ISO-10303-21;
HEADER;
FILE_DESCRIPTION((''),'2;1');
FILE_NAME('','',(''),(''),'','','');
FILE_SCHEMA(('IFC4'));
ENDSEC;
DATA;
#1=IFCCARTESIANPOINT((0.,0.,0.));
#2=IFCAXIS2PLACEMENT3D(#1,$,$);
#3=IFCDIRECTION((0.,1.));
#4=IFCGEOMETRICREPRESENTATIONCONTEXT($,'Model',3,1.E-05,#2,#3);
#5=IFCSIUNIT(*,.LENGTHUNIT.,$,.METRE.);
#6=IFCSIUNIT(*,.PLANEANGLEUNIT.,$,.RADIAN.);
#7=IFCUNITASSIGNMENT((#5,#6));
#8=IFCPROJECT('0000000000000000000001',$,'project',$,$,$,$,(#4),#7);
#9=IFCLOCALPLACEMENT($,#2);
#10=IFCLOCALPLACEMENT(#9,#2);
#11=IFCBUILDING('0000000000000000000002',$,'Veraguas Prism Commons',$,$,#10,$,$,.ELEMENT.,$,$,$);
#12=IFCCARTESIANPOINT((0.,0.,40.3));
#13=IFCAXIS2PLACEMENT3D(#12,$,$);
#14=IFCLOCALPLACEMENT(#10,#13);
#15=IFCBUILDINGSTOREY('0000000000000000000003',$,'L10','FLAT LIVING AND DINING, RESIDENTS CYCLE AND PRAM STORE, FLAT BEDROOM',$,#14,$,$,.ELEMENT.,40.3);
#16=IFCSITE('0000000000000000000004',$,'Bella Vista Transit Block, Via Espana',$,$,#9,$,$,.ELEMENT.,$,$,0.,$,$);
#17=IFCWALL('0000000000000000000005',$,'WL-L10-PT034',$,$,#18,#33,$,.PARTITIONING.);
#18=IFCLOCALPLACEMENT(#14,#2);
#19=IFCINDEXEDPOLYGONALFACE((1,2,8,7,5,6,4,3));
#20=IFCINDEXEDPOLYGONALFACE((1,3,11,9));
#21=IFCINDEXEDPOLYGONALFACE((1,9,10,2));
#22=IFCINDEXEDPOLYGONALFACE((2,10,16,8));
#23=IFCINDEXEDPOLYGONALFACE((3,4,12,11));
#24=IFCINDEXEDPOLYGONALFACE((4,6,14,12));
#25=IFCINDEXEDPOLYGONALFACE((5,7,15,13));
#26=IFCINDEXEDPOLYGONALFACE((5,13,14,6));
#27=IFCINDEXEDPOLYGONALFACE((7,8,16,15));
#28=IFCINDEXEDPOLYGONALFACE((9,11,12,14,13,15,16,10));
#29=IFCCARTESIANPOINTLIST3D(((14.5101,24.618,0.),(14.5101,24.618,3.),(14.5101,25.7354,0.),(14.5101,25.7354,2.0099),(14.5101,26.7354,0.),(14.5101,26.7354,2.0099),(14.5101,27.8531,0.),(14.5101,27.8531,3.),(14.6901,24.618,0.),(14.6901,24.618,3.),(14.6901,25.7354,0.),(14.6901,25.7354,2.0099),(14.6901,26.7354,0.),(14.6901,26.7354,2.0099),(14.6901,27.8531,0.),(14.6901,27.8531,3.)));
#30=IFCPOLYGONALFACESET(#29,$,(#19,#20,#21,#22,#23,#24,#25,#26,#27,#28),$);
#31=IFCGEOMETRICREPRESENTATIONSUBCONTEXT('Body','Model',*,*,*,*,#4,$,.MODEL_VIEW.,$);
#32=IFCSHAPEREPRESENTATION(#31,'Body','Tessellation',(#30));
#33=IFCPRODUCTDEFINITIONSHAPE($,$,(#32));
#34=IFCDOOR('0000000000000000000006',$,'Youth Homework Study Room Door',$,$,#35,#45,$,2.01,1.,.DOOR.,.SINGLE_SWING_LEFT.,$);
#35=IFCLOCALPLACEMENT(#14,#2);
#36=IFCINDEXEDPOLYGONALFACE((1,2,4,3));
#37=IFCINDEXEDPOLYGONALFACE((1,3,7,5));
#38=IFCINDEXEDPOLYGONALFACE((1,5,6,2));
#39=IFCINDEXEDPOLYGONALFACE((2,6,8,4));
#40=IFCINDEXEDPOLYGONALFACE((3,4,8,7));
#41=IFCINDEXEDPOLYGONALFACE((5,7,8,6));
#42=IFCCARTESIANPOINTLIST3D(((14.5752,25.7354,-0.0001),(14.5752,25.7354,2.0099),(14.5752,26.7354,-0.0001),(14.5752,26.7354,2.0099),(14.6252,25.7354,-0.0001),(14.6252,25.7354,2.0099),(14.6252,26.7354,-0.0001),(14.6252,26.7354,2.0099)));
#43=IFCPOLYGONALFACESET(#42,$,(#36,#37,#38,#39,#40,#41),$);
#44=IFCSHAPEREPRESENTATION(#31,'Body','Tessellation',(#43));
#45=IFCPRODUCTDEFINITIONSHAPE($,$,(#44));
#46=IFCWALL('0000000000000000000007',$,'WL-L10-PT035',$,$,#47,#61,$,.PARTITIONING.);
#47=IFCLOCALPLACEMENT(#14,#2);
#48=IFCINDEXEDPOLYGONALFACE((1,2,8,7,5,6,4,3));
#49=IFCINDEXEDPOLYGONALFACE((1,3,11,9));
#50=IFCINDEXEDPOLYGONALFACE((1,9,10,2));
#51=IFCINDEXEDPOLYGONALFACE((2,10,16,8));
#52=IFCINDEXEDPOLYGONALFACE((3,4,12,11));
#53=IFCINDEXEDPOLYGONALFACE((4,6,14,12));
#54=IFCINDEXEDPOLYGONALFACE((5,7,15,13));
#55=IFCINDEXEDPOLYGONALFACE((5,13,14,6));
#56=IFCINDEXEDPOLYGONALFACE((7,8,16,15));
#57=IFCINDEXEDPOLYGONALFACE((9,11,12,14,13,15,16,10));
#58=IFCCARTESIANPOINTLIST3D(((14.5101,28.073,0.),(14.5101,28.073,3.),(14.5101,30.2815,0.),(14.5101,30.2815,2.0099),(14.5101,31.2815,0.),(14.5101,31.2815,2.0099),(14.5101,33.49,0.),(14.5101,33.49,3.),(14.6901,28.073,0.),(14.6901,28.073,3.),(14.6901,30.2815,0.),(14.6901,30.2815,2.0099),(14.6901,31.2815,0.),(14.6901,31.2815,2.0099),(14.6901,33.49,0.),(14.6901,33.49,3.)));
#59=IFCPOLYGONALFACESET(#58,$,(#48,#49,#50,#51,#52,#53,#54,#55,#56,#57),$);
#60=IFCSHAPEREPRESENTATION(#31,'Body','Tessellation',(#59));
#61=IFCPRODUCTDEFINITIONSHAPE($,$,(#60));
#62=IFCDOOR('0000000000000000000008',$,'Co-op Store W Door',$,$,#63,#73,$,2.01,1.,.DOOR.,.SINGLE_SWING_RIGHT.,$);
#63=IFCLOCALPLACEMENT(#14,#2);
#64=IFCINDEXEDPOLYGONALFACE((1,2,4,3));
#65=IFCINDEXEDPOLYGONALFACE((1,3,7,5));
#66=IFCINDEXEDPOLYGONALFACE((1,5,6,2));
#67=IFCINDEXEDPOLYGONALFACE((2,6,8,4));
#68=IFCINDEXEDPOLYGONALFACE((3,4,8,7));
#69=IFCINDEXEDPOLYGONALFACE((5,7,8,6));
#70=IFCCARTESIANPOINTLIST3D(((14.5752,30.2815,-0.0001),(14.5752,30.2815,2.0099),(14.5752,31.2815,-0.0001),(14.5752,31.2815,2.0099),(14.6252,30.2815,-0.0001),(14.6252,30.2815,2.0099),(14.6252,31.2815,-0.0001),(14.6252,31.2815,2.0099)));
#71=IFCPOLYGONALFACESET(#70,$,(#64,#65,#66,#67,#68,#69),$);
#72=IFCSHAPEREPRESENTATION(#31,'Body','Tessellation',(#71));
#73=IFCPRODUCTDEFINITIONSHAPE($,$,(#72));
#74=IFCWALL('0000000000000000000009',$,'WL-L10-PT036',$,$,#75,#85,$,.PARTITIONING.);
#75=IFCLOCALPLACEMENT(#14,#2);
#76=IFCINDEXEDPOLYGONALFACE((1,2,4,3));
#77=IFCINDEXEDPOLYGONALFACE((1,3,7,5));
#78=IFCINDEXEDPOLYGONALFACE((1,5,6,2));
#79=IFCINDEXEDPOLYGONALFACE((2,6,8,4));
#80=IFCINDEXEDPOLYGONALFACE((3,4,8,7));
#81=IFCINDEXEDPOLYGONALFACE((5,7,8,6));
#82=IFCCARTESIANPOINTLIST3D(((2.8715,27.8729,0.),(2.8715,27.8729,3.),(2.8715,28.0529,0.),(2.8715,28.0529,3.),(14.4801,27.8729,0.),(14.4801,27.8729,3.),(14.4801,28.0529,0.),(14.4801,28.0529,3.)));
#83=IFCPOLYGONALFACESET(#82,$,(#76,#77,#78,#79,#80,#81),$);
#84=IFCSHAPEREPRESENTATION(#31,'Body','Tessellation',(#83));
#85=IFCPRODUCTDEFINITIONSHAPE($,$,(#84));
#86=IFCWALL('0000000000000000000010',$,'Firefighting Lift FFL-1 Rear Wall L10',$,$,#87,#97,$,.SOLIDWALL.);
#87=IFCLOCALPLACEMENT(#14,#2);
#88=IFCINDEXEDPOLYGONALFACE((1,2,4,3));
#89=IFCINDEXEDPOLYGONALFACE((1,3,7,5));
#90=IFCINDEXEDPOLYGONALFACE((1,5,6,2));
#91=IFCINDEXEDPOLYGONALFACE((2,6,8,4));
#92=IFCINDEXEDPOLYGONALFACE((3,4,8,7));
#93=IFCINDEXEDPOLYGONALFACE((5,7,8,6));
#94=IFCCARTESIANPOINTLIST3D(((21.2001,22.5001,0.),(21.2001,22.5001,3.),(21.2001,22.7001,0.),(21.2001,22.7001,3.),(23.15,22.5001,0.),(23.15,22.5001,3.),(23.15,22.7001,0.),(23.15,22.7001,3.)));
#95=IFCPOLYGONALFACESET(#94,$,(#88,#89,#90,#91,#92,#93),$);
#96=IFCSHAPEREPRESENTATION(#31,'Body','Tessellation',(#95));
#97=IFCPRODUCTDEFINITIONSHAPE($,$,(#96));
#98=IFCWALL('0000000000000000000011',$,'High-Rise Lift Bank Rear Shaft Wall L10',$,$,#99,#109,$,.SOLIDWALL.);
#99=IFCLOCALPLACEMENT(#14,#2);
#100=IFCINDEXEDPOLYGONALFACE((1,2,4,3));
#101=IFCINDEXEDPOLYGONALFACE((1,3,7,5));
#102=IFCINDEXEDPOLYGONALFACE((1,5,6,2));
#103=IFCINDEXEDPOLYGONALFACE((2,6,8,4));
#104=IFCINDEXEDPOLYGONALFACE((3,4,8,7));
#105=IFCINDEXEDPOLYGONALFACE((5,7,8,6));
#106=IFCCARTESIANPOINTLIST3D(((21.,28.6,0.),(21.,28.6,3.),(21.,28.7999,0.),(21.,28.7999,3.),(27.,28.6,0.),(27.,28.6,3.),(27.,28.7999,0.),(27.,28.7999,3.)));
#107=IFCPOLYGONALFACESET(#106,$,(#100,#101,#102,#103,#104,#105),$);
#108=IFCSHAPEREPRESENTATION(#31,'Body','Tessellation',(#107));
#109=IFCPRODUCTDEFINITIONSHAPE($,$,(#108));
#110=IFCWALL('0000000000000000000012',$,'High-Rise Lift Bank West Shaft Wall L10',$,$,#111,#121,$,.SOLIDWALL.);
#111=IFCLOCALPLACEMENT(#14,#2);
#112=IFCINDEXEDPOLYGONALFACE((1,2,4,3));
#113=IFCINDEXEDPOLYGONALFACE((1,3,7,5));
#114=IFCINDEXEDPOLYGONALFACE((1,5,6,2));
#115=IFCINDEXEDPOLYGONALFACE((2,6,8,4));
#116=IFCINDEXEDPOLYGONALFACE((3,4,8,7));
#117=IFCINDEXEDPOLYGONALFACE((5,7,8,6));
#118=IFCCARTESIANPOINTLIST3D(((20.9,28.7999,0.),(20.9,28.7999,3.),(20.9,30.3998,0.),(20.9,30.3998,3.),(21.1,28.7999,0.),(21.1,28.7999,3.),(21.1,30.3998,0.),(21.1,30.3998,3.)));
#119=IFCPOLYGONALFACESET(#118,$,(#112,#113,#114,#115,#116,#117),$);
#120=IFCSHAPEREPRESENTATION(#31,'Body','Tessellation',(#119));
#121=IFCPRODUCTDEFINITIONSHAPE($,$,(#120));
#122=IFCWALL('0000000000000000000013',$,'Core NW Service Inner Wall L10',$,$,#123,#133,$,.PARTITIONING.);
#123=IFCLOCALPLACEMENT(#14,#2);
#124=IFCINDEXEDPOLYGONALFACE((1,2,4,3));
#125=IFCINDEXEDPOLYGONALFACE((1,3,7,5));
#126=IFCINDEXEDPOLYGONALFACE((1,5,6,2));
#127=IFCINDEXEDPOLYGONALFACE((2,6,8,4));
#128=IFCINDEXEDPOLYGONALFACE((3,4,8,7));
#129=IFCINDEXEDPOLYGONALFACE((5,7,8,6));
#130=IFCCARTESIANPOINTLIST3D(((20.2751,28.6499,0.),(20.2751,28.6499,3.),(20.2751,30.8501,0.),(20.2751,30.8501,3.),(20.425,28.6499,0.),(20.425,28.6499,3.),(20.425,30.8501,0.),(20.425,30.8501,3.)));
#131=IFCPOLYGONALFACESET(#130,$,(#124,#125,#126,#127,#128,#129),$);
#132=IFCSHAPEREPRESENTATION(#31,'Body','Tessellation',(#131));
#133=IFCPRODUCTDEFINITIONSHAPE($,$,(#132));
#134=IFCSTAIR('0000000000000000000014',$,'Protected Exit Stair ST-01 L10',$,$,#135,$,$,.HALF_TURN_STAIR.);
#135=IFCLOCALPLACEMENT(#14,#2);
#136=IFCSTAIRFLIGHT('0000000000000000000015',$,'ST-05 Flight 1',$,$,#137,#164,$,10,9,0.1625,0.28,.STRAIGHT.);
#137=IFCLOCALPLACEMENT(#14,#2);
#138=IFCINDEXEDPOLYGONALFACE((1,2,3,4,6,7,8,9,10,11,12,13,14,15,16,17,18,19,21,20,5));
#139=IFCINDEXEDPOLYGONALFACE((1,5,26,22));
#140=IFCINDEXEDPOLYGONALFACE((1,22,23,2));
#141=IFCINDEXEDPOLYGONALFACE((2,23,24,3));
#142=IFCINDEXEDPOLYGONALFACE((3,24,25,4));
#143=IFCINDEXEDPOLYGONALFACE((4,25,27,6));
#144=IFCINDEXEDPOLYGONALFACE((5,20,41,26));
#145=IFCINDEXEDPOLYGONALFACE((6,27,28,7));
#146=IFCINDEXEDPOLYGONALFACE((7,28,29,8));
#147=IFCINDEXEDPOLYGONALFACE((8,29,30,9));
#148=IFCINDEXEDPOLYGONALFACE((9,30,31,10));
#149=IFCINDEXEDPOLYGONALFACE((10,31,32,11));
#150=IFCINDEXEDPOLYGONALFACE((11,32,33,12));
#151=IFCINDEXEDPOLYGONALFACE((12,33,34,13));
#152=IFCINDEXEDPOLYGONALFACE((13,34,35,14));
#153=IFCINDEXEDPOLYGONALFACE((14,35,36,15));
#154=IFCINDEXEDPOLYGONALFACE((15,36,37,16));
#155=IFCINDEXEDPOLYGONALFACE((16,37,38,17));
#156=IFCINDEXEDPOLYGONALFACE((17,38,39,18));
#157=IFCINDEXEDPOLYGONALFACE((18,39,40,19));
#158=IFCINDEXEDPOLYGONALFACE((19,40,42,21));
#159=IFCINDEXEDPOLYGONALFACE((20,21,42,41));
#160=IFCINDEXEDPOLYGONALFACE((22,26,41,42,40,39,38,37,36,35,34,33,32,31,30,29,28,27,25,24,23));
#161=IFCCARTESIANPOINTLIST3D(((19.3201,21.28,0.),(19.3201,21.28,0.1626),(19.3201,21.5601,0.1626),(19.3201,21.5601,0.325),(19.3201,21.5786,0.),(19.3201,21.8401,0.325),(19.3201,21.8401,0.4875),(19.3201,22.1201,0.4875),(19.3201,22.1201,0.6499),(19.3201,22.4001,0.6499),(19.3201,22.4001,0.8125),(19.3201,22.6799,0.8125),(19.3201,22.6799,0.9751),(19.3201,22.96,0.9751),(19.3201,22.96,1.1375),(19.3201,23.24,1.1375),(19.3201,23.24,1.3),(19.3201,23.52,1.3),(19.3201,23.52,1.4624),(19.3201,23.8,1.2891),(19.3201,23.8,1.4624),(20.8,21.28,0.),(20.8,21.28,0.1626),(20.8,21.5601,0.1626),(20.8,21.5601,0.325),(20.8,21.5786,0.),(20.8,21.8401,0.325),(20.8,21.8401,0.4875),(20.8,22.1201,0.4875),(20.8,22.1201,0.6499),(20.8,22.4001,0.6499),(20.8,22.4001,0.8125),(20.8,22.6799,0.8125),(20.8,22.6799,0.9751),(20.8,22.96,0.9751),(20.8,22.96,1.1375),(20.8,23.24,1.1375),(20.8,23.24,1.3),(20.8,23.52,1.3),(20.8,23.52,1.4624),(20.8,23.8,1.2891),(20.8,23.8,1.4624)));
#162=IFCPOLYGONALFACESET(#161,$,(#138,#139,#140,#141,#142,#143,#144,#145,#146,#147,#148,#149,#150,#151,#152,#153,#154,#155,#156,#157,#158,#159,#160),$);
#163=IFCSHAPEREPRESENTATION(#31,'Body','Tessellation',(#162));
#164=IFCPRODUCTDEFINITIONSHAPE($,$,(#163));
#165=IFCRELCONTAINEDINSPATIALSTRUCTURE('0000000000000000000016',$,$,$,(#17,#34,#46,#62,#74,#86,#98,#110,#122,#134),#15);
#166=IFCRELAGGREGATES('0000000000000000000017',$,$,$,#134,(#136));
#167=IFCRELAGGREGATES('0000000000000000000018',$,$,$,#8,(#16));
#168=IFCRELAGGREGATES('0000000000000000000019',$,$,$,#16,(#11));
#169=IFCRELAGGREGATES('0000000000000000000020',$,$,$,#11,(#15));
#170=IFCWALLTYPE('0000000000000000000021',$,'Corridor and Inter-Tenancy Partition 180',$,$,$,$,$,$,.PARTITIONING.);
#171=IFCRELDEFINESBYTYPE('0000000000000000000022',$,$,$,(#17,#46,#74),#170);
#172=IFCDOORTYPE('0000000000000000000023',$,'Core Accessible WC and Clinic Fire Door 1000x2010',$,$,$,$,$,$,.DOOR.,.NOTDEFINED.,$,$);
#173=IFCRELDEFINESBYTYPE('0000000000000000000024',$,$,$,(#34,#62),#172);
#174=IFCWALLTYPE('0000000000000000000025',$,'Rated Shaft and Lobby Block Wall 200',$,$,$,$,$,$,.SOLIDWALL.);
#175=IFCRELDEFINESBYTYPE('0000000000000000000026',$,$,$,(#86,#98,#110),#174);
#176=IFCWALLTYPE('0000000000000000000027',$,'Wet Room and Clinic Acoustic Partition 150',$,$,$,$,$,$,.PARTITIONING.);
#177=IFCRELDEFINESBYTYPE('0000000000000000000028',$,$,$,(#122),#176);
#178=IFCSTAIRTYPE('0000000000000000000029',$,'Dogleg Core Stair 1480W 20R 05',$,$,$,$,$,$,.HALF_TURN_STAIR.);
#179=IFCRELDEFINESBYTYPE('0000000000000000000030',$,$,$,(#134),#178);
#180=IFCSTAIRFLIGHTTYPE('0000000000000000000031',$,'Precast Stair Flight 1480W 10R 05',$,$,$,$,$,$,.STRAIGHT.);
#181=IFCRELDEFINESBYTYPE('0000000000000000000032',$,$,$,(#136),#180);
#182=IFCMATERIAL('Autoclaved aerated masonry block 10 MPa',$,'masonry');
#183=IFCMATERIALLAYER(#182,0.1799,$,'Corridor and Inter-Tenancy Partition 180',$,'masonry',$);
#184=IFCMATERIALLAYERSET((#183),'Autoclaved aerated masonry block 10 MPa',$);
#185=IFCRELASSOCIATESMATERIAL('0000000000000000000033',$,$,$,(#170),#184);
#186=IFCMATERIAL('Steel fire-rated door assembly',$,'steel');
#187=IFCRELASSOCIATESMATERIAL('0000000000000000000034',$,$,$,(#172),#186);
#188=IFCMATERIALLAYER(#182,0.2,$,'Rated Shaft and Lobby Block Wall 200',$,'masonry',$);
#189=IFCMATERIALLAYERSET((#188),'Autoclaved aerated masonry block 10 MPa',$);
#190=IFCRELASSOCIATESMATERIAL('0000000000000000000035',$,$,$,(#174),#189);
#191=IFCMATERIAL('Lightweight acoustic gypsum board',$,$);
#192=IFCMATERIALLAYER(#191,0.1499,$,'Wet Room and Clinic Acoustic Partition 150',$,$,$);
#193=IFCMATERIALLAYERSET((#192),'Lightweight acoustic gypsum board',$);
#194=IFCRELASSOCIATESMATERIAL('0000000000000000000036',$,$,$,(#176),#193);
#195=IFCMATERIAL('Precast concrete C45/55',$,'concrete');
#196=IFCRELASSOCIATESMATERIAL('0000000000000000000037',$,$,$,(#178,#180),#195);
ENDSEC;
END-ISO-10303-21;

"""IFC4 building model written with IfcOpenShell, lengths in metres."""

from ifc_helpers import new_model, si_unit, direction, frame, frame_2d, origin, place, context, subcontext, project, spatial, polyline, rectangle, outline, extrude, source, transform, mapped, material, layer, layer_set, type_object, element, fill, aggregate, save


model = new_model("IFC4")

# Units and contexts
model_context = context("Model", 3, precision=1e-05, world=origin(), true_north=direction((0.0, 1.0)))
body_context = subcontext(model_context, "Body", "Model", "MODEL_VIEW")
ifc_project = project(units=[si_unit("LENGTHUNIT", "METRE"), si_unit("PLANEANGLEUNIT", "RADIAN")], contexts=[model_context])

# Site, building, storey
site_placement = place(None, origin())
site = spatial("IfcSite", under=ifc_project, at=site_placement, Name="Bella Vista Transit Block, Via Espana", CompositionType="ELEMENT", RefElevation=0.0)
building_placement = place(site_placement, origin())
building = spatial("IfcBuilding", under=site, at=building_placement, Name="Veraguas Prism Commons", CompositionType="ELEMENT")
storey_placement = place(building_placement, frame((0.0, 0.0, 40.3)))
storey = spatial("IfcBuildingStorey", under=building, at=storey_placement, Name="L10", Description="FLAT LIVING AND DINING, RESIDENTS CYCLE AND PRAM STORE, FLAT BEDROOM", CompositionType="ELEMENT", Elevation=40.3)

# Shared definitions
ifc_material_1 = material(Name="Autoclaved aerated masonry block 10 MPa", Category="masonry")
ifc_layer_1 = layer(ifc_material_1, 0.1799, Name="Corridor and Inter-Tenancy Partition 180", Category="masonry")
ifc_layer_set_1 = layer_set([ifc_layer_1], Name="Autoclaved aerated masonry block 10 MPa")
wall_type_1 = type_object("IfcWallType", Name="Corridor and Inter-Tenancy Partition 180", PredefinedType="PARTITIONING", material=ifc_layer_set_1)

# Walls, openings, doors
wall_1_placement = place(storey_placement, frame((14.6001, 24.6179, 0.0), z_axis=(0.0, 0.0, 1.0), x_axis=(0.0, 1.0, 0.0)))
wall_1 = element("IfcWall", 1, at=wall_1_placement, inside=storey, type_object=wall_type_1, Name="WL-L10-PT034", PredefinedType="PARTITIONING", context=body_context, shape_type="SweptSolid", body=[
    extrude(rectangle(XDim=3.2351, YDim=0.1799, at=frame_2d((1.6177, 0.0))), origin(), (0.0, 0.0, 1.0), 3.0),
])
opening_1_placement = place(wall_1_placement, frame((1.1174, 0.0, 0.0)))
opening_1 = element("IfcOpeningElement", 2, at=opening_1_placement, cuts=wall_1, PredefinedType="OPENING", context=body_context, shape_type="SweptSolid", body=[
    extrude(rectangle(XDim=1.0, YDim=2.01, at=frame_2d((0.5, 1.0049))), frame((0.0, 0.0999, 0.0), z_axis=(0.0, -1.0, 0.0), x_axis=(1.0, 0.0, 0.0)), (0.0, 0.0, 1.0), 0.2),
])
ifc_material_2 = material(Name="Steel fire-rated door assembly", Category="steel")
door_type = type_object("IfcDoorType", Name="Core Accessible WC and Clinic Fire Door 1000x2010", OperationType="NOTDEFINED", PredefinedType="DOOR", material=ifc_material_2)
shared_shape_1 = source(origin(), body_context, "Body", "SweptSolid", [
    extrude(rectangle(XDim=1.0, YDim=2.01, at=frame_2d((0.5, 1.0049))), frame((0.0, 0.0249, 0.0), z_axis=(0.0, -1.0, 0.0), x_axis=(1.0, 0.0, 0.0)), (0.0, 0.0, 1.0), 0.05),
])
door_1_placement = place(opening_1_placement, origin())
door_1 = element("IfcDoor", 3, at=door_1_placement, inside=storey, type_object=door_type, Name="Youth Homework Study Room Door", OperationType="SINGLE_SWING_LEFT", OverallHeight=2.01, OverallWidth=1.0, PredefinedType="DOOR", context=body_context, shape_type="MappedRepresentation", body=[
    mapped(shared_shape_1, transform((0.0, 0.0, 0.0), scale=1.0)),
])
fill(opening_1, door_1)
wall_2_placement = place(storey_placement, frame((14.6001, 28.073, 0.0), z_axis=(0.0, 0.0, 1.0), x_axis=(0.0, 1.0, 0.0)))
wall_2 = element("IfcWall", 4, at=wall_2_placement, inside=storey, type_object=wall_type_1, Name="WL-L10-PT035", PredefinedType="PARTITIONING", context=body_context, shape_type="SweptSolid", body=[
    extrude(rectangle(XDim=5.417, YDim=0.1799, at=frame_2d((2.7085, 0.0))), origin(), (0.0, 0.0, 1.0), 3.0),
])
opening_2_placement = place(wall_2_placement, frame((2.2085, 0.0, 0.0)))
opening_2 = element("IfcOpeningElement", 5, at=opening_2_placement, cuts=wall_2, PredefinedType="OPENING", context=body_context, shape_type="SweptSolid", body=[
    extrude(rectangle(XDim=1.0, YDim=2.01, at=frame_2d((0.5, 1.0049))), frame((0.0, 0.0999, 0.0), z_axis=(0.0, -1.0, 0.0), x_axis=(1.0, 0.0, 0.0)), (0.0, 0.0, 1.0), 0.2),
])
door_2_placement = place(opening_2_placement, origin())
door_2 = element("IfcDoor", 6, at=door_2_placement, inside=storey, type_object=door_type, Name="Co-op Store W Door", OperationType="SINGLE_SWING_RIGHT", OverallHeight=2.01, OverallWidth=1.0, PredefinedType="DOOR", context=body_context, shape_type="MappedRepresentation", body=[
    mapped(shared_shape_1, transform((0.0, 0.0, 0.0), scale=1.0)),
])
fill(opening_2, door_2)

# Walls
wall_3_placement = place(storey_placement, frame((14.48, 27.9629, 0.0), z_axis=(0.0, 0.0, 1.0), x_axis=(-1.0, 0.0, 0.0)))
element("IfcWall", 7, at=wall_3_placement, inside=storey, type_object=wall_type_1, Name="WL-L10-PT036", PredefinedType="PARTITIONING", context=body_context, shape_type="SweptSolid", body=[
    extrude(rectangle(XDim=11.6086, YDim=0.1799, at=frame_2d((5.8042, 0.0))), origin(), (0.0, 0.0, 1.0), 3.0),
])
ifc_layer_2 = layer(ifc_material_1, 0.2, Name="Rated Shaft and Lobby Block Wall 200", Category="masonry")
ifc_layer_set_2 = layer_set([ifc_layer_2], Name="Autoclaved aerated masonry block 10 MPa")
wall_type_2 = type_object("IfcWallType", Name="Rated Shaft and Lobby Block Wall 200", PredefinedType="SOLIDWALL", material=ifc_layer_set_2)
wall_4_placement = place(storey_placement, frame((21.2, 22.6001, 0.0), z_axis=(0.0, 0.0, 1.0), x_axis=(1.0, 0.0, 0.0)))
element("IfcWall", 8, at=wall_4_placement, inside=storey, type_object=wall_type_2, Name="Firefighting Lift FFL-1 Rear Wall L10", PredefinedType="SOLIDWALL", context=body_context, shape_type="SweptSolid", body=[
    extrude(rectangle(XDim=1.95, YDim=0.2, at=frame_2d((0.9751, 0.0))), origin(), (0.0, 0.0, 1.0), 3.0),
])
wall_5_placement = place(storey_placement, frame((21.0, 28.7, 0.0), z_axis=(0.0, 0.0, 1.0), x_axis=(1.0, 0.0, 0.0)))
element("IfcWall", 9, at=wall_5_placement, inside=storey, type_object=wall_type_2, Name="High-Rise Lift Bank Rear Shaft Wall L10", PredefinedType="SOLIDWALL", context=body_context, shape_type="SweptSolid", body=[
    extrude(rectangle(XDim=6.0, YDim=0.2, at=frame_2d((3.0, 0.0))), origin(), (0.0, 0.0, 1.0), 3.0),
])
wall_6_placement = place(storey_placement, frame((21.0, 28.8, 0.0), z_axis=(0.0, 0.0, 1.0), x_axis=(0.0, 1.0, 0.0)))
element("IfcWall", 10, at=wall_6_placement, inside=storey, type_object=wall_type_2, Name="High-Rise Lift Bank West Shaft Wall L10", PredefinedType="SOLIDWALL", context=body_context, shape_type="SweptSolid", body=[
    extrude(rectangle(XDim=1.5999, YDim=0.2, at=frame_2d((0.7998, 0.0))), origin(), (0.0, 0.0, 1.0), 3.0),
])
ifc_material_3 = material(Name="Lightweight acoustic gypsum board")
ifc_layer_3 = layer(ifc_material_3, 0.1499, Name="Wet Room and Clinic Acoustic Partition 150")
ifc_layer_set_3 = layer_set([ifc_layer_3], Name="Lightweight acoustic gypsum board")
wall_type_3 = type_object("IfcWallType", Name="Wet Room and Clinic Acoustic Partition 150", PredefinedType="PARTITIONING", material=ifc_layer_set_3)
wall_7_placement = place(storey_placement, frame((20.3501, 28.6499, 0.0), z_axis=(0.0, 0.0, 1.0), x_axis=(0.0, 1.0, 0.0)))
element("IfcWall", 11, at=wall_7_placement, inside=storey, type_object=wall_type_3, Name="Core NW Service Inner Wall L10", PredefinedType="PARTITIONING", context=body_context, shape_type="SweptSolid", body=[
    extrude(rectangle(XDim=2.2002, YDim=0.1499, at=frame_2d((1.1001, 0.0))), origin(), (0.0, 0.0, 1.0), 3.0),
])

# Stair, stair flight
ifc_material_4 = material(Name="Precast concrete C45/55", Category="concrete")
stair_type = type_object("IfcStairType", Name="Dogleg Core Stair 1480W 20R 05", PredefinedType="HALF_TURN_STAIR", material=ifc_material_4)
stair_placement = place(storey_placement, origin())
stair = element("IfcStair", 12, at=stair_placement, inside=storey, type_object=stair_type, Name="Protected Exit Stair ST-01 L10", PredefinedType="HALF_TURN_STAIR")
stair_flight_type = type_object("IfcStairFlightType", Name="Precast Stair Flight 1480W 10R 05", PredefinedType="STRAIGHT", material=ifc_material_4)
stair_flight_1_placement = place(storey_placement, frame((20.0601, 21.28, 0.0), z_axis=(0.0, 0.0, 1.0), x_axis=(0.0, 1.0, 0.0)))
stair_flight_1 = element("IfcStairFlight", 13, at=stair_flight_1_placement, type_object=stair_flight_type, Name="ST-05 Flight 1", NumberOfRisers=10, NumberOfTreads=9, PredefinedType="STRAIGHT", RiserHeight=0.1625, TreadLength=0.28, context=body_context, shape_type="SweptSolid", body=[
    extrude(outline(polyline([(0.0, 0.0), (0.0, 0.1626), (0.28, 0.1626), (0.28, 0.325), (0.5601, 0.325), (0.5601, 0.4875), (0.8401, 0.4875), (0.8401, 0.6499), (1.1201, 0.6499), (1.1201, 0.8125), (1.3999, 0.8125), (1.3999, 0.9751), (1.6799, 0.9751), (1.6799, 1.1375), (1.96, 1.1375), (1.96, 1.3), (2.24, 1.3), (2.24, 1.4624), (2.52, 1.4624), (2.52, 1.625), (2.52, 1.2891), (0.2986, 0.0), (0.0, 0.0)])), frame((0.0, 0.74, 0.0), z_axis=(0.0, -1.0, 0.0), x_axis=(1.0, 0.0, 0.0)), (0.0, 0.0, 1.0), 1.48),
])
aggregate(stair, [stair_flight_1])

save(model, "model.ifc")
